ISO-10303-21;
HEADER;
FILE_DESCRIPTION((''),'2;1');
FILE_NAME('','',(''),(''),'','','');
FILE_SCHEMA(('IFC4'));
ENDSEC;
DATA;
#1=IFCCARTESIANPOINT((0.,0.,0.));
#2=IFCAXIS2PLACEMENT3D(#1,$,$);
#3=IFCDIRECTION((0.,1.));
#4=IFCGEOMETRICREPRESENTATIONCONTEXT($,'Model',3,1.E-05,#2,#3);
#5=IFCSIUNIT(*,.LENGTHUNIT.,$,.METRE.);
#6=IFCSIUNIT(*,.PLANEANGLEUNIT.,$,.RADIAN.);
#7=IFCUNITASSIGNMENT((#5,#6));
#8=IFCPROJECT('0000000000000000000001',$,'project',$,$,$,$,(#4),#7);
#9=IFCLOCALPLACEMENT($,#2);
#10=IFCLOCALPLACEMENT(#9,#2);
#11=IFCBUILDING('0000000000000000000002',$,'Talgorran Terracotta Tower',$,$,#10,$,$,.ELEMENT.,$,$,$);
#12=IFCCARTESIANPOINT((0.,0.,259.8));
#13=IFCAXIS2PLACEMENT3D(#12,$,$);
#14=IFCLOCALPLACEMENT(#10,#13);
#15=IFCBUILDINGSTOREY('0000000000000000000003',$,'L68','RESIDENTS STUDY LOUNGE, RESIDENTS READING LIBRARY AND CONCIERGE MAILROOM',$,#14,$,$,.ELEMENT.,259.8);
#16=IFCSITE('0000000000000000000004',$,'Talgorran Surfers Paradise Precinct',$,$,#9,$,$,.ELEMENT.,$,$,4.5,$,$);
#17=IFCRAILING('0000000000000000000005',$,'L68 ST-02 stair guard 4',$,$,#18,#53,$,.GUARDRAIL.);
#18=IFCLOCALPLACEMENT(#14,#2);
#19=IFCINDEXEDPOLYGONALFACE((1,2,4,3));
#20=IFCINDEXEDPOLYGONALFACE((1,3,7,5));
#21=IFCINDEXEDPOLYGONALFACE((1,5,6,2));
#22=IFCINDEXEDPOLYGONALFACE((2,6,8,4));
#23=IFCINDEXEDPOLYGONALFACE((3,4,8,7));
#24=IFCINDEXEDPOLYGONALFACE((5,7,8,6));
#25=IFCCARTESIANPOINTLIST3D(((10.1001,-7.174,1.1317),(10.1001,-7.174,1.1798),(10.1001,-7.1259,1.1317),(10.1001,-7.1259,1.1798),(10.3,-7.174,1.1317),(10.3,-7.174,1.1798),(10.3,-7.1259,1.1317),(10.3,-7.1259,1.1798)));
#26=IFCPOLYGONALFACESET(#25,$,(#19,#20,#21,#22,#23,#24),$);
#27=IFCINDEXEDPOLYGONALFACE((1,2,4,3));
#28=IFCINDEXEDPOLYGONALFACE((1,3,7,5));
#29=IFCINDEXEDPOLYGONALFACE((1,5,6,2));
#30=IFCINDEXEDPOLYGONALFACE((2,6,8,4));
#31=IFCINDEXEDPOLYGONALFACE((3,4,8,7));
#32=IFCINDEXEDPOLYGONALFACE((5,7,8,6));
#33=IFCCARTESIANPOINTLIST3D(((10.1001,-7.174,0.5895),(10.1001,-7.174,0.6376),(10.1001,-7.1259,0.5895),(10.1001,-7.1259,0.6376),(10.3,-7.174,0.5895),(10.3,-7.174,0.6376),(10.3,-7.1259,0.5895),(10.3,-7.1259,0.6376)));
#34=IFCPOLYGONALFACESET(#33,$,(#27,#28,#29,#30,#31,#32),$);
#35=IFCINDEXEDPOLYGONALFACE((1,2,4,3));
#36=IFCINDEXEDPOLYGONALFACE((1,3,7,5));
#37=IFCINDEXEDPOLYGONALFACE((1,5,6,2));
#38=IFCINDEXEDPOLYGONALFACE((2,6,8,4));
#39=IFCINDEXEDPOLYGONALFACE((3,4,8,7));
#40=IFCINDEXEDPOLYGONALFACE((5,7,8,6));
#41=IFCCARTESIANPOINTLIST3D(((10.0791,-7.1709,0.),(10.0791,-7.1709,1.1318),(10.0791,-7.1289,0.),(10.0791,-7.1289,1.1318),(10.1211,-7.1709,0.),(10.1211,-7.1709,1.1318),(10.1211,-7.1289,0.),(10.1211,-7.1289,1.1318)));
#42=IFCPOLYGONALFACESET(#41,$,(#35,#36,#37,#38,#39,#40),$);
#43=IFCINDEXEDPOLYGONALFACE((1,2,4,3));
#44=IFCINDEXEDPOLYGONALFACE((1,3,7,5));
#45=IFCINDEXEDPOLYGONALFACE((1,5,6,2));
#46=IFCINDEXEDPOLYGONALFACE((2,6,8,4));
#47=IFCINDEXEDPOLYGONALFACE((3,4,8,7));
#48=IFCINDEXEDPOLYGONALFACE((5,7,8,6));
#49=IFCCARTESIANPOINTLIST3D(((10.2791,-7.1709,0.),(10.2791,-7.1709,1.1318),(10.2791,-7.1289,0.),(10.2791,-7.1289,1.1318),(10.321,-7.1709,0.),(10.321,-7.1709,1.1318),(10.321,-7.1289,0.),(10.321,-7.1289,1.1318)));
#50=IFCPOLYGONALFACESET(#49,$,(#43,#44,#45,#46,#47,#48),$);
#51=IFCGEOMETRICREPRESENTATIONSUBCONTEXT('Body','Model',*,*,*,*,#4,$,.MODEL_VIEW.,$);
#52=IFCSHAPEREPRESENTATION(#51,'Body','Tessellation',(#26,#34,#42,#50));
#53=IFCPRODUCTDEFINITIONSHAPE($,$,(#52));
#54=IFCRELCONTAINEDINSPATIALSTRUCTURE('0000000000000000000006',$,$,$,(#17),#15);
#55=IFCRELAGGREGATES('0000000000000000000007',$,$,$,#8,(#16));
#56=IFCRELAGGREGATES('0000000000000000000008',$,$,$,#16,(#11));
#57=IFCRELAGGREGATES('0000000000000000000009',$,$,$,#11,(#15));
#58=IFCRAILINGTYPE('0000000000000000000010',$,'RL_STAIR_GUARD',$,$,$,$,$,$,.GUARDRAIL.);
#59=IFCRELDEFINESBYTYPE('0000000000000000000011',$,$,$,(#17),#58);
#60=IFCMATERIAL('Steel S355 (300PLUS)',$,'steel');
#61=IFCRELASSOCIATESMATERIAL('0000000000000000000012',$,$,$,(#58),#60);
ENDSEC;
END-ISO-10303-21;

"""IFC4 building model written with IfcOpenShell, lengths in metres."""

from ifc_helpers import new_model, si_unit, direction, frame, origin, origin_2d, place, context, subcontext, project, spatial, rectangle, extrude, material, type_object, element, save


model = new_model("IFC4")

# Units and contexts
model_context = context("Model", 3, precision=1e-05, world=origin(), true_north=direction((0.0, 1.0)))
body_context = subcontext(model_context, "Body", "Model", "MODEL_VIEW")
ifc_project = project(units=[si_unit("LENGTHUNIT", "METRE"), si_unit("PLANEANGLEUNIT", "RADIAN")], contexts=[model_context])

# Site, building, storey
site_placement = place(None, origin())
site = spatial("IfcSite", under=ifc_project, at=site_placement, Name="Talgorran Surfers Paradise Precinct", CompositionType="ELEMENT", RefElevation=4.5)
building_placement = place(site_placement, origin())
building = spatial("IfcBuilding", under=site, at=building_placement, Name="Talgorran Terracotta Tower", CompositionType="ELEMENT")
storey_placement = place(building_placement, frame((0.0, 0.0, 259.8)))
storey = spatial("IfcBuildingStorey", under=building, at=storey_placement, Name="L68", Description="RESIDENTS STUDY LOUNGE, RESIDENTS READING LIBRARY AND CONCIERGE MAILROOM", CompositionType="ELEMENT", Elevation=259.8)

# Shared definitions
ifc_material_1 = material(Name="Steel S355 (300PLUS)", Category="steel")

# Railing
railing_type_1 = type_object("IfcRailingType", Name="RL_STAIR_GUARD", PredefinedType="GUARDRAIL", material=ifc_material_1)
railing_1_placement = place(storey_placement, frame((10.1001, -7.1499, 0.0)))
element("IfcRailing", 1, at=railing_1_placement, inside=storey, type_object=railing_type_1, Name="L68 ST-02 stair guard 4", PredefinedType="GUARDRAIL", context=body_context, shape_type="SweptSolid", body=[
    extrude(rectangle(XDim=0.0481, YDim=0.0481, at=origin_2d()), frame((0.0, 0.0, 1.1558), z_axis=(1.0, 0.0, 0.0), x_axis=(0.0, 1.0, 0.0)), (0.0, 0.0, 1.0), 0.2),
    extrude(rectangle(XDim=0.0481, YDim=0.0481, at=origin_2d()), frame((0.0, 0.0, 0.6135), z_axis=(1.0, 0.0, 0.0), x_axis=(0.0, 1.0, 0.0)), (0.0, 0.0, 1.0), 0.2),
    extrude(rectangle(XDim=0.042, YDim=0.042, at=origin_2d()), origin(), (0.0, 0.0, 1.0), 1.1318),
    extrude(rectangle(XDim=0.042, YDim=0.042, at=origin_2d()), frame((0.2, 0.0, 0.0)), (0.0, 0.0, 1.0), 1.1318),
])

save(model, "model.ifc")
